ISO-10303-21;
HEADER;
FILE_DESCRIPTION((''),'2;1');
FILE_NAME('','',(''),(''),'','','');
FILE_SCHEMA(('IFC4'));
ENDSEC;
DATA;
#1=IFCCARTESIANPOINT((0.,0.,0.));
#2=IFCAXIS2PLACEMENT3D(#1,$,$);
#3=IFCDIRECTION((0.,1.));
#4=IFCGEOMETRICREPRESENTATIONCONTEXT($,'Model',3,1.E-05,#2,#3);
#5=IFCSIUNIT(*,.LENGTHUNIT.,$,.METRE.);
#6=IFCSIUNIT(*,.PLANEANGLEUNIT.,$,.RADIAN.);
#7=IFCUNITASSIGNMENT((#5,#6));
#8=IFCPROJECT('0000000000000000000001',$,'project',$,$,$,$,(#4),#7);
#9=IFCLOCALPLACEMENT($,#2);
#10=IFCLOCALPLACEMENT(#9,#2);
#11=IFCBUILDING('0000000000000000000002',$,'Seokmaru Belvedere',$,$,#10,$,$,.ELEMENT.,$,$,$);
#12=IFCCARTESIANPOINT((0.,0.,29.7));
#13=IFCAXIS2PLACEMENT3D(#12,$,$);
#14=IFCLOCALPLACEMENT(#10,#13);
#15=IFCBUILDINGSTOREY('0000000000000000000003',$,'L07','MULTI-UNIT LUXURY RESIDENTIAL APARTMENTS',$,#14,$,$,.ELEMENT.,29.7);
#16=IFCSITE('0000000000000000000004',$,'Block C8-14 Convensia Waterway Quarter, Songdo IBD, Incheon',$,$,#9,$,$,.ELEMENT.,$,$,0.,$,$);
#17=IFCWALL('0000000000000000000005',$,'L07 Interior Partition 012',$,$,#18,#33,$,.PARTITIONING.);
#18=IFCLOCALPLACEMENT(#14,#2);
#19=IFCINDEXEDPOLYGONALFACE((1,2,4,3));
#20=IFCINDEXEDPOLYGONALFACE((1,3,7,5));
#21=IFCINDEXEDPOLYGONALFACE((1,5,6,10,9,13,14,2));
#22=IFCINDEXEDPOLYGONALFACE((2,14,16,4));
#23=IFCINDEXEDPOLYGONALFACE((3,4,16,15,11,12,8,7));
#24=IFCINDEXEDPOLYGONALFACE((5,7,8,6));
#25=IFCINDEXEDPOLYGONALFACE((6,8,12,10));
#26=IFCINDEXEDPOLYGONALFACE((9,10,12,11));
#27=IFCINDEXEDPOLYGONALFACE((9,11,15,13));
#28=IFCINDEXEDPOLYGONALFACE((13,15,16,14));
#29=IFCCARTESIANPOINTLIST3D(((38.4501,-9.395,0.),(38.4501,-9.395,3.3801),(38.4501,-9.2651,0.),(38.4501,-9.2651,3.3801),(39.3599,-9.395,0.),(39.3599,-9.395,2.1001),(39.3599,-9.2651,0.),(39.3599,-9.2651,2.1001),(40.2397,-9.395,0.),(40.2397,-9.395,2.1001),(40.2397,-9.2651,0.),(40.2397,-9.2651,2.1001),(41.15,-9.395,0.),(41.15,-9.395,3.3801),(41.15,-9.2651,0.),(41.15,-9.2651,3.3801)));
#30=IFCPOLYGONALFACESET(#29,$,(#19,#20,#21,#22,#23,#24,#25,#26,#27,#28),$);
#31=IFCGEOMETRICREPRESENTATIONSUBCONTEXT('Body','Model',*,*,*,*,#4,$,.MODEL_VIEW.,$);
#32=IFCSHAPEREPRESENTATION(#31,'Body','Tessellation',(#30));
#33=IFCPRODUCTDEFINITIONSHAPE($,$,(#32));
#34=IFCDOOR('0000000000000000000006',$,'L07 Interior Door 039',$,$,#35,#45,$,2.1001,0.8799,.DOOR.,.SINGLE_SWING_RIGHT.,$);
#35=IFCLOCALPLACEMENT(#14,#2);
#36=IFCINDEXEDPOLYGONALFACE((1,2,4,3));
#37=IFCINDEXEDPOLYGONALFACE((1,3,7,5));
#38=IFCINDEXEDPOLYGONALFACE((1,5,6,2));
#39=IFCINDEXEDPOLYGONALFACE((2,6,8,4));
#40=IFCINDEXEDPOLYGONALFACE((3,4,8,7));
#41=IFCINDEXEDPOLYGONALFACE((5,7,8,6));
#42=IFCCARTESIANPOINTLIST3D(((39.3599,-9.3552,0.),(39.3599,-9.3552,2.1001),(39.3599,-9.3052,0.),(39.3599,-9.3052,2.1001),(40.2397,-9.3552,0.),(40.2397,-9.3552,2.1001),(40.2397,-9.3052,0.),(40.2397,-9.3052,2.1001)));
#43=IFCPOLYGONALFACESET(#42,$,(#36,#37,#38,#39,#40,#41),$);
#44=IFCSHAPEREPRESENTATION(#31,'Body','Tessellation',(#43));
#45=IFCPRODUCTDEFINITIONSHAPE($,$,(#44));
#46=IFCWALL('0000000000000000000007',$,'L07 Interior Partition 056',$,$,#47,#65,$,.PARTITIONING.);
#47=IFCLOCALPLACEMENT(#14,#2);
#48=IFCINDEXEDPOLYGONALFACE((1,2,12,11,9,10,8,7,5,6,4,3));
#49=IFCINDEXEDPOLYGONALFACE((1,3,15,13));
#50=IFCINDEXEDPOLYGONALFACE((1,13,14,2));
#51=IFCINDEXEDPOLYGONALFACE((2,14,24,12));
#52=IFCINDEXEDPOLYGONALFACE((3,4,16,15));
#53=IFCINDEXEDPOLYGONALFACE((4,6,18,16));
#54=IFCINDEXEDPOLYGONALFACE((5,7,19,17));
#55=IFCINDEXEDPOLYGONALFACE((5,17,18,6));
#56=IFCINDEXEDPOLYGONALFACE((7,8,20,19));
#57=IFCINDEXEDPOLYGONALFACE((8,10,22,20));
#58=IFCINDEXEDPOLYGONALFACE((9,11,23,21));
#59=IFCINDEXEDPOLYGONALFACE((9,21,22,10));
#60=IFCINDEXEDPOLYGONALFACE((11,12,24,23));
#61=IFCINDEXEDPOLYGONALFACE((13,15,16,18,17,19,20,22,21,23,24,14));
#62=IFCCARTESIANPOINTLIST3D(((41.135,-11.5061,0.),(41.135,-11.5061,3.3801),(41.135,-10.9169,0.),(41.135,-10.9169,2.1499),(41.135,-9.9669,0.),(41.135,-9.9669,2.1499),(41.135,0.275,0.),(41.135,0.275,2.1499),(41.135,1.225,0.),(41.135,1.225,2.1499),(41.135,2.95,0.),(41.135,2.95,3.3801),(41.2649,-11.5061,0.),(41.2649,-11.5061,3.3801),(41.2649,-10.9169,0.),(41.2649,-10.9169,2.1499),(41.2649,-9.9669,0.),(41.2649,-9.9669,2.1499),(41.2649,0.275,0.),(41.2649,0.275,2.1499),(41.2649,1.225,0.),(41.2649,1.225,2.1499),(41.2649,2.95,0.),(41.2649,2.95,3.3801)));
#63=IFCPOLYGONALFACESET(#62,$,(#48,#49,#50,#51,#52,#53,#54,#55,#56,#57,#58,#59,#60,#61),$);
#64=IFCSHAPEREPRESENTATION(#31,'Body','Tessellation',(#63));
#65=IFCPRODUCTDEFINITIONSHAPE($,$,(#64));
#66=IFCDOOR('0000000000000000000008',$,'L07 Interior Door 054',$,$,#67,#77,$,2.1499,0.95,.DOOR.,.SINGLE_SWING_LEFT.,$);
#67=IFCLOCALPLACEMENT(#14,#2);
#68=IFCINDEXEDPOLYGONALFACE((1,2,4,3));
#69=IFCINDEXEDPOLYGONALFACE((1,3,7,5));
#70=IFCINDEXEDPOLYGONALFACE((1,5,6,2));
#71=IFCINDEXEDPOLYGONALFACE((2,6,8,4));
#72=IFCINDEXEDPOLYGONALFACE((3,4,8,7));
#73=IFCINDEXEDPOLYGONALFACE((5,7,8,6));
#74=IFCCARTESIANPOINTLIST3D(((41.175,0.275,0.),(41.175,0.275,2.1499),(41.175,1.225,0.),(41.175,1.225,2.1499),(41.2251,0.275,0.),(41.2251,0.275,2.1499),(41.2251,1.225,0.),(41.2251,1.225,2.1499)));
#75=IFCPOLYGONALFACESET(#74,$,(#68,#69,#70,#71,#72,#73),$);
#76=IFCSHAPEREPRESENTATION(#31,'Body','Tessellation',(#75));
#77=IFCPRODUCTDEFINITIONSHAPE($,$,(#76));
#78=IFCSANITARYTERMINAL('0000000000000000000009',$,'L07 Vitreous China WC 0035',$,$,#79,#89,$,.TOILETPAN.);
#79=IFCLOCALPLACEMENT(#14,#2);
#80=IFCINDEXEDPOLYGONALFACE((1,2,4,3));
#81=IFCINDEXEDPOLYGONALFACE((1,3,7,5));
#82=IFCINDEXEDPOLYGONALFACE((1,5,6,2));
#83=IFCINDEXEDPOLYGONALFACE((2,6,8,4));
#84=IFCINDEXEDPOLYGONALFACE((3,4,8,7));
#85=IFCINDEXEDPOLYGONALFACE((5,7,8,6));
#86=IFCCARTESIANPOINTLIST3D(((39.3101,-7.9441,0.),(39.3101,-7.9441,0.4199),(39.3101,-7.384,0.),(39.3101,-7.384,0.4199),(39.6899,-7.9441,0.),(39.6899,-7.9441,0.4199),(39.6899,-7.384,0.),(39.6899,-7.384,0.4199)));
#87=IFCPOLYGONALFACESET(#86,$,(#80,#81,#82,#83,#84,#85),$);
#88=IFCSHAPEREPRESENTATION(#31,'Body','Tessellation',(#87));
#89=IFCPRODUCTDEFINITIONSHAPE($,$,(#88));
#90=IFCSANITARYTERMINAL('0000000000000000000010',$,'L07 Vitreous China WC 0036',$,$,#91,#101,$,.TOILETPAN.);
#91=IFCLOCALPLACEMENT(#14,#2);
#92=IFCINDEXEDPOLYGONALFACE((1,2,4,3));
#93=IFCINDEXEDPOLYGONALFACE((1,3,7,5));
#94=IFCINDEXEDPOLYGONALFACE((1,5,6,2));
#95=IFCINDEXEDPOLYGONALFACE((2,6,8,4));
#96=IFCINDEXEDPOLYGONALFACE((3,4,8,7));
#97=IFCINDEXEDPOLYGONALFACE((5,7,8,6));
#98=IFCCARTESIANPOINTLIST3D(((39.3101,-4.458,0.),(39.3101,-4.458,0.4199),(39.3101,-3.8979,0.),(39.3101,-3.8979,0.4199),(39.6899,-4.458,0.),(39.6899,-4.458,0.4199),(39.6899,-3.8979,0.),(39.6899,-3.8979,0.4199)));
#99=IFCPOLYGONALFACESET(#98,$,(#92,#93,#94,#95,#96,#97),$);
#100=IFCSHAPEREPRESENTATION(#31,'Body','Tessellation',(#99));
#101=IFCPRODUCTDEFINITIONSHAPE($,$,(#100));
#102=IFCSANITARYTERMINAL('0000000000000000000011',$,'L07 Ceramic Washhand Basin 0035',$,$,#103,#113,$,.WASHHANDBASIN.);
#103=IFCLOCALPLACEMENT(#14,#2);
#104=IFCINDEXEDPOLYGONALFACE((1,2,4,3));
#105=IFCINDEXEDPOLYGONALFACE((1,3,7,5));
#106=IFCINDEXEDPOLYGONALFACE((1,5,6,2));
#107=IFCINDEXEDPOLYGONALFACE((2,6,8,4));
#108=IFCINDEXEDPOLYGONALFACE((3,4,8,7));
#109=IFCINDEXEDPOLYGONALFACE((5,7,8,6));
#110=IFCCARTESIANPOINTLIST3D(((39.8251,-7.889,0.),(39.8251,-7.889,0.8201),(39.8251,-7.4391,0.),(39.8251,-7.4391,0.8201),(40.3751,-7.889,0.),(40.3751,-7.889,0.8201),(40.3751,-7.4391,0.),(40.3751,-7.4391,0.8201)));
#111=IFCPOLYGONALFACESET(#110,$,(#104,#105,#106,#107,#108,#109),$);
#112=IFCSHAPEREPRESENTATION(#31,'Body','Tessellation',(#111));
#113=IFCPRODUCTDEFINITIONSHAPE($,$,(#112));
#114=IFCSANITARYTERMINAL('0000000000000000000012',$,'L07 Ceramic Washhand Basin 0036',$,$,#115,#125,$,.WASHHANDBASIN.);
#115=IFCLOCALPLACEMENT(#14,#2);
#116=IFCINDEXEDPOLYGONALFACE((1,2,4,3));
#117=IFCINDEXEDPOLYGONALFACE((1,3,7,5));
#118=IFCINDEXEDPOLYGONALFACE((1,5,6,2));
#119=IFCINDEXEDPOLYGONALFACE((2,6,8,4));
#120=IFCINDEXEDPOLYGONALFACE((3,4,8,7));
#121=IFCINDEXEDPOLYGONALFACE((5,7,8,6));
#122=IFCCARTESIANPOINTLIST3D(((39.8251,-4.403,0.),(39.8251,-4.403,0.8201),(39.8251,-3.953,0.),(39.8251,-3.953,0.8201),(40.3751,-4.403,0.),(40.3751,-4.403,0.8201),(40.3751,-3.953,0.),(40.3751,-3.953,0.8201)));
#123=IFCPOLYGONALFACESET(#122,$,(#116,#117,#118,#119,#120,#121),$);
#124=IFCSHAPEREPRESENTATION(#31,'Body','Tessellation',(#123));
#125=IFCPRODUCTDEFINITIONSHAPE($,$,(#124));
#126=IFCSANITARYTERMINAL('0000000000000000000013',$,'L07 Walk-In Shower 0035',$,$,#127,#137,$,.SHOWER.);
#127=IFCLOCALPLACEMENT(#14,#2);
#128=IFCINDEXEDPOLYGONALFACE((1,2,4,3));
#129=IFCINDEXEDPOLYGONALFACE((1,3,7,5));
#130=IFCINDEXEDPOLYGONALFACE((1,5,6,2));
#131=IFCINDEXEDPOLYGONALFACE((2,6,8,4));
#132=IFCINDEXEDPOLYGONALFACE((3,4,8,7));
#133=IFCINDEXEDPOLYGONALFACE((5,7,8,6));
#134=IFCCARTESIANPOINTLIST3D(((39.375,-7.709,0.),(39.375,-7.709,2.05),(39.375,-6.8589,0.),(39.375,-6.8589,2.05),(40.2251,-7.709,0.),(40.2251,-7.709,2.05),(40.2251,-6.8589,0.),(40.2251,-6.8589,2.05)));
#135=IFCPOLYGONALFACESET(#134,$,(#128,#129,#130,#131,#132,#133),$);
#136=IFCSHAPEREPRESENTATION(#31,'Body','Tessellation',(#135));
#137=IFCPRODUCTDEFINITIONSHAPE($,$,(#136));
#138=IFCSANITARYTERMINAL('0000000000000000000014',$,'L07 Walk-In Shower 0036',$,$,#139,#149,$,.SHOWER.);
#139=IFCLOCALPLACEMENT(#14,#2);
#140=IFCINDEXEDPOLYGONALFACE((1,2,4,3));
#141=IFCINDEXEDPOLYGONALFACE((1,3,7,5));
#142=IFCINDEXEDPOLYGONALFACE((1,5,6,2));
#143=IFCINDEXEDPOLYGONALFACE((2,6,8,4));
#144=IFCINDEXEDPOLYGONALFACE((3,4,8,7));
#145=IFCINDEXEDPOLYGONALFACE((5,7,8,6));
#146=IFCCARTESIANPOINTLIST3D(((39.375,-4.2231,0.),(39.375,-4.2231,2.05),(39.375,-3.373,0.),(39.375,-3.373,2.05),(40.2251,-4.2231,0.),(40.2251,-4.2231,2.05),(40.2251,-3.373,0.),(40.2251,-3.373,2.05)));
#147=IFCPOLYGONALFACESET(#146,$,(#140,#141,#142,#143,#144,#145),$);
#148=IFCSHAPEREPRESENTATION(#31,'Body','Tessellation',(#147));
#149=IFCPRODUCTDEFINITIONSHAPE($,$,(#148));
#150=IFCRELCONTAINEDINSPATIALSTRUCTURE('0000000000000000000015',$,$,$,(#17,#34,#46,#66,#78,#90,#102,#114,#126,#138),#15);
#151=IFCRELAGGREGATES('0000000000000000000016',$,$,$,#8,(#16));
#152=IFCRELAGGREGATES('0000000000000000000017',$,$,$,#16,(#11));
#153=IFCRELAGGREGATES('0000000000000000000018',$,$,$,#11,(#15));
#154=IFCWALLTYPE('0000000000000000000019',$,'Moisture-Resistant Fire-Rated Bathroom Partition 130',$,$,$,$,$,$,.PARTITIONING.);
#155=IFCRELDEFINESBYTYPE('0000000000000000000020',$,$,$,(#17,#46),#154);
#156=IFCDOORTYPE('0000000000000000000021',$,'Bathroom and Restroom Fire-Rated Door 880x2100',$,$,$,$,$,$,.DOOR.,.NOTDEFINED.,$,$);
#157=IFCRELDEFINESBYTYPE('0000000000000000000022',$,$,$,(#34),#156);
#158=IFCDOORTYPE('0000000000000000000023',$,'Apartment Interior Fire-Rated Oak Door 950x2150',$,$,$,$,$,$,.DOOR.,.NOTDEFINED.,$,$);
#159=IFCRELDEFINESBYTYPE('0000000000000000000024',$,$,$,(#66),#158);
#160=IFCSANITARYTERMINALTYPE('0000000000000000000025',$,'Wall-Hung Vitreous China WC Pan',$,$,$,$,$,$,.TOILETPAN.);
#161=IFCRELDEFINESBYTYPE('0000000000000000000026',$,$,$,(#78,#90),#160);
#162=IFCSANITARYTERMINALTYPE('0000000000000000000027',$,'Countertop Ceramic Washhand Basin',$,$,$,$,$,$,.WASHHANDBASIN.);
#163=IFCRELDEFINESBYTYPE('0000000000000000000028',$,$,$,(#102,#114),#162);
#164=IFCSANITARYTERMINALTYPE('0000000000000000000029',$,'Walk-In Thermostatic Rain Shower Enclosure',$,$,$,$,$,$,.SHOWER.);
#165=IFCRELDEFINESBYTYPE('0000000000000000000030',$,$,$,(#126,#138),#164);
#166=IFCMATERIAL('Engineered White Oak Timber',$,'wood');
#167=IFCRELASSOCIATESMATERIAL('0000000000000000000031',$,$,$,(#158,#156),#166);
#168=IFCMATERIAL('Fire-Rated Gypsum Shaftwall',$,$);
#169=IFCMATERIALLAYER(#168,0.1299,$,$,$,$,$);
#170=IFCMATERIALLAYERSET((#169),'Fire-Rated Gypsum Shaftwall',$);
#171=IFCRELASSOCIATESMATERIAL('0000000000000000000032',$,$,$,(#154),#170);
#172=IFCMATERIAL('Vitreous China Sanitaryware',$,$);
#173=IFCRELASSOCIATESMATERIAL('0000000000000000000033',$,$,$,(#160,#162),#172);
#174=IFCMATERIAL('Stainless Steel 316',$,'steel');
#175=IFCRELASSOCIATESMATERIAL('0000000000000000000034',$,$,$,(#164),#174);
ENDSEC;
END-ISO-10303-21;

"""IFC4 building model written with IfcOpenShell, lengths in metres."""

from ifc_helpers import new_model, si_unit, direction, frame, frame_2d, origin, origin_2d, place, context, subcontext, project, spatial, rectangle, extrude, source, transform, mapped, material, layer, layer_set, type_object, type_shapes, element, fill, save


model = new_model("IFC4")

# Units and contexts
model_context = context("Model", 3, precision=1e-05, world=origin(), true_north=direction((0.0, 1.0)))
body_context = subcontext(model_context, "Body", "Model", "MODEL_VIEW")
ifc_project = project(units=[si_unit("LENGTHUNIT", "METRE"), si_unit("PLANEANGLEUNIT", "RADIAN")], contexts=[model_context])

# Site, building, storey
site_placement = place(None, origin())
site = spatial("IfcSite", under=ifc_project, at=site_placement, Name="Block C8-14 Convensia Waterway Quarter, Songdo IBD, Incheon", CompositionType="ELEMENT", RefElevation=0.0)
building_placement = place(site_placement, origin())
building = spatial("IfcBuilding", under=site, at=building_placement, Name="Seokmaru Belvedere", CompositionType="ELEMENT")
storey_placement = place(building_placement, frame((0.0, 0.0, 29.7)))
storey = spatial("IfcBuildingStorey", under=building, at=storey_placement, Name="L07", Description="MULTI-UNIT LUXURY RESIDENTIAL APARTMENTS", CompositionType="ELEMENT", Elevation=29.7)

# Shared definitions
ifc_material_1 = material(Name="Fire-Rated Gypsum Shaftwall")

# Shared definitions
ifc_material_2 = material(Name="Engineered White Oak Timber", Category="wood")
door_type_1 = type_object("IfcDoorType", Name="Apartment Interior Fire-Rated Oak Door 950x2150", OperationType="NOTDEFINED", PredefinedType="DOOR", material=ifc_material_2)
shared_shape_1 = source(origin(), body_context, "Body", "SweptSolid", [
    extrude(rectangle(XDim=0.95, YDim=2.1499, at=frame_2d((0.4751, 1.075))), frame((0.0, 0.0249, 0.0), z_axis=(0.0, -1.0, 0.0), x_axis=(1.0, 0.0, 0.0)), (0.0, 0.0, 1.0), 0.05),
])
type_shapes(door_type_1, [shared_shape_1])

# Wall, opening, door
ifc_layer_1 = layer(ifc_material_1, 0.1299)
ifc_layer_set_1 = layer_set([ifc_layer_1], Name="Fire-Rated Gypsum Shaftwall")
wall_type_1 = type_object("IfcWallType", Name="Moisture-Resistant Fire-Rated Bathroom Partition 130", PredefinedType="PARTITIONING", material=ifc_layer_set_1)
wall_1_placement = place(storey_placement, frame((38.45, -9.3301, 0.0), z_axis=(0.0, 0.0, 1.0), x_axis=(1.0, 0.0, 0.0)))
wall_1 = element("IfcWall", 1, at=wall_1_placement, inside=storey, type_object=wall_type_1, Name="L07 Interior Partition 012", PredefinedType="PARTITIONING", context=body_context, shape_type="SweptSolid", body=[
    extrude(rectangle(XDim=2.7, YDim=0.1299, at=frame_2d((1.3501, 0.0))), origin(), (0.0, 0.0, 1.0), 3.3801),
])
opening_1_placement = place(wall_1_placement, frame((0.9099, 0.0, 0.0)))
opening_1 = element("IfcOpeningElement", 2, at=opening_1_placement, cuts=wall_1, PredefinedType="OPENING", context=body_context, shape_type="SweptSolid", body=[
    extrude(rectangle(XDim=0.8799, YDim=2.1001, at=frame_2d((0.4399, 1.05))), frame((0.0, 0.075, 0.0), z_axis=(0.0, -1.0, 0.0), x_axis=(1.0, 0.0, 0.0)), (0.0, 0.0, 1.0), 0.1499),
])
door_type_2 = type_object("IfcDoorType", Name="Bathroom and Restroom Fire-Rated Door 880x2100", OperationType="NOTDEFINED", PredefinedType="DOOR", material=ifc_material_2)
shared_shape_2 = source(origin(), body_context, "Body", "SweptSolid", [
    extrude(rectangle(XDim=0.8799, YDim=2.1001, at=frame_2d((0.4399, 1.05))), frame((0.0, 0.0249, 0.0), z_axis=(0.0, -1.0, 0.0), x_axis=(1.0, 0.0, 0.0)), (0.0, 0.0, 1.0), 0.05),
])
type_shapes(door_type_2, [shared_shape_2])
door_1_placement = place(opening_1_placement, origin())
door_1 = element("IfcDoor", 3, at=door_1_placement, inside=storey, type_object=door_type_2, Name="L07 Interior Door 039", OperationType="SINGLE_SWING_RIGHT", OverallHeight=2.1001, OverallWidth=0.8799, PredefinedType="DOOR", context=body_context, shape_type="MappedRepresentation", body=[
    mapped(shared_shape_2, transform((0.0, 0.0, 0.0), scale=1.0)),
])
fill(opening_1, door_1)

# Wall, openings, door
wall_2_placement = place(storey_placement, frame((41.2, -11.5061, 0.0), z_axis=(0.0, 0.0, 1.0), x_axis=(0.0, 1.0, 0.0)))
wall_2 = element("IfcWall", 4, at=wall_2_placement, inside=storey, type_object=wall_type_1, Name="L07 Interior Partition 056", PredefinedType="PARTITIONING", context=body_context, shape_type="SweptSolid", body=[
    extrude(rectangle(XDim=14.4561, YDim=0.1299, at=frame_2d((7.228, 0.0))), origin(), (0.0, 0.0, 1.0), 3.3801),
])
opening_2_placement = place(wall_2_placement, frame((0.5891, 0.0, 0.0)))
element("IfcOpeningElement", 5, at=opening_2_placement, cuts=wall_2, PredefinedType="OPENING", context=body_context, shape_type="SweptSolid", body=[
    extrude(rectangle(XDim=0.95, YDim=2.1499, at=frame_2d((0.4751, 1.075))), frame((0.0, 0.075, 0.0), z_axis=(0.0, -1.0, 0.0), x_axis=(1.0, 0.0, 0.0)), (0.0, 0.0, 1.0), 0.1499),
])
opening_3_placement = place(wall_2_placement, frame((11.781, 0.0, 0.0)))
opening_3 = element("IfcOpeningElement", 6, at=opening_3_placement, cuts=wall_2, PredefinedType="OPENING", context=body_context, shape_type="SweptSolid", body=[
    extrude(rectangle(XDim=0.95, YDim=2.1499, at=frame_2d((0.4751, 1.075))), frame((0.0, 0.075, 0.0), z_axis=(0.0, -1.0, 0.0), x_axis=(1.0, 0.0, 0.0)), (0.0, 0.0, 1.0), 0.1499),
])
door_2_placement = place(opening_3_placement, origin())
door_2 = element("IfcDoor", 7, at=door_2_placement, inside=storey, type_object=door_type_1, Name="L07 Interior Door 054", OperationType="SINGLE_SWING_LEFT", OverallHeight=2.1499, OverallWidth=0.95, PredefinedType="DOOR", context=body_context, shape_type="MappedRepresentation", body=[
    mapped(shared_shape_1, transform((0.0, 0.0, 0.0), scale=1.0)),
])
fill(opening_3, door_2)

# Sanitary terminals
ifc_material_3 = material(Name="Vitreous China Sanitaryware")
sanitary_terminal_type_1 = type_object("IfcSanitaryTerminalType", Name="Wall-Hung Vitreous China WC Pan", PredefinedType="TOILETPAN", material=ifc_material_3)
shared_shape_3 = source(origin(), body_context, "Body", "SweptSolid", [
    extrude(rectangle(XDim=0.3799, YDim=0.5601, at=origin_2d()), origin(), (0.0, 0.0, 1.0), 0.4199),
])
type_shapes(sanitary_terminal_type_1, [shared_shape_3])
for number, where, z_axis, x_axis, name in (
    (8, (39.5, -7.6641, 0.0), (0.0, 0.0, 1.0), (1.0, 0.0, 0.0), "L07 Vitreous China WC 0035"),
    (9, (39.5, -4.178, 0.0), (0.0, 0.0, 1.0), (1.0, 0.0, 0.0), "L07 Vitreous China WC 0036"),
):
    element("IfcSanitaryTerminal", number, at=place(storey_placement, frame(where, z_axis=z_axis, x_axis=x_axis)), inside=storey, type_object=sanitary_terminal_type_1, Name=name, PredefinedType="TOILETPAN", context=body_context, shape_type="MappedRepresentation", body=[
        mapped(shared_shape_3, transform((0.0, 0.0, 0.0), scale=1.0)),
    ])
sanitary_terminal_type_2 = type_object("IfcSanitaryTerminalType", Name="Countertop Ceramic Washhand Basin", PredefinedType="WASHHANDBASIN", material=ifc_material_3)
shared_shape_4 = source(origin(), body_context, "Body", "SweptSolid", [
    extrude(rectangle(XDim=0.55, YDim=0.45, at=origin_2d()), origin(), (0.0, 0.0, 1.0), 0.8201),
])
type_shapes(sanitary_terminal_type_2, [shared_shape_4])
for number, where, z_axis, x_axis, name in (
    (10, (40.1001, -7.6641, 0.0), (0.0, 0.0, 1.0), (1.0, 0.0, 0.0), "L07 Ceramic Washhand Basin 0035"),
    (11, (40.1001, -4.178, 0.0), (0.0, 0.0, 1.0), (1.0, 0.0, 0.0), "L07 Ceramic Washhand Basin 0036"),
):
    element("IfcSanitaryTerminal", number, at=place(storey_placement, frame(where, z_axis=z_axis, x_axis=x_axis)), inside=storey, type_object=sanitary_terminal_type_2, Name=name, PredefinedType="WASHHANDBASIN", context=body_context, shape_type="MappedRepresentation", body=[
        mapped(shared_shape_4, transform((0.0, 0.0, 0.0), scale=1.0)),
    ])
ifc_material_4 = material(Name="Stainless Steel 316", Category="steel")
sanitary_terminal_type_3 = type_object("IfcSanitaryTerminalType", Name="Walk-In Thermostatic Rain Shower Enclosure", PredefinedType="SHOWER", material=ifc_material_4)
shared_shape_5 = source(origin(), body_context, "Body", "SweptSolid", [
    extrude(rectangle(XDim=0.8501, YDim=0.8501, at=origin_2d()), origin(), (0.0, 0.0, 1.0), 2.05),
])
type_shapes(sanitary_terminal_type_3, [shared_shape_5])
for number, where, z_axis, x_axis, name in (
    (12, (39.8, -7.2839, 0.0), (0.0, 0.0, 1.0), (1.0, 0.0, 0.0), "L07 Walk-In Shower 0035"),
    (13, (39.8, -3.7981, 0.0), (0.0, 0.0, 1.0), (1.0, 0.0, 0.0), "L07 Walk-In Shower 0036"),
):
    element("IfcSanitaryTerminal", number, at=place(storey_placement, frame(where, z_axis=z_axis, x_axis=x_axis)), inside=storey, type_object=sanitary_terminal_type_3, Name=name, PredefinedType="SHOWER", context=body_context, shape_type="MappedRepresentation", body=[
        mapped(shared_shape_5, transform((0.0, 0.0, 0.0), scale=1.0)),
    ])

save(model, "model.ifc")
